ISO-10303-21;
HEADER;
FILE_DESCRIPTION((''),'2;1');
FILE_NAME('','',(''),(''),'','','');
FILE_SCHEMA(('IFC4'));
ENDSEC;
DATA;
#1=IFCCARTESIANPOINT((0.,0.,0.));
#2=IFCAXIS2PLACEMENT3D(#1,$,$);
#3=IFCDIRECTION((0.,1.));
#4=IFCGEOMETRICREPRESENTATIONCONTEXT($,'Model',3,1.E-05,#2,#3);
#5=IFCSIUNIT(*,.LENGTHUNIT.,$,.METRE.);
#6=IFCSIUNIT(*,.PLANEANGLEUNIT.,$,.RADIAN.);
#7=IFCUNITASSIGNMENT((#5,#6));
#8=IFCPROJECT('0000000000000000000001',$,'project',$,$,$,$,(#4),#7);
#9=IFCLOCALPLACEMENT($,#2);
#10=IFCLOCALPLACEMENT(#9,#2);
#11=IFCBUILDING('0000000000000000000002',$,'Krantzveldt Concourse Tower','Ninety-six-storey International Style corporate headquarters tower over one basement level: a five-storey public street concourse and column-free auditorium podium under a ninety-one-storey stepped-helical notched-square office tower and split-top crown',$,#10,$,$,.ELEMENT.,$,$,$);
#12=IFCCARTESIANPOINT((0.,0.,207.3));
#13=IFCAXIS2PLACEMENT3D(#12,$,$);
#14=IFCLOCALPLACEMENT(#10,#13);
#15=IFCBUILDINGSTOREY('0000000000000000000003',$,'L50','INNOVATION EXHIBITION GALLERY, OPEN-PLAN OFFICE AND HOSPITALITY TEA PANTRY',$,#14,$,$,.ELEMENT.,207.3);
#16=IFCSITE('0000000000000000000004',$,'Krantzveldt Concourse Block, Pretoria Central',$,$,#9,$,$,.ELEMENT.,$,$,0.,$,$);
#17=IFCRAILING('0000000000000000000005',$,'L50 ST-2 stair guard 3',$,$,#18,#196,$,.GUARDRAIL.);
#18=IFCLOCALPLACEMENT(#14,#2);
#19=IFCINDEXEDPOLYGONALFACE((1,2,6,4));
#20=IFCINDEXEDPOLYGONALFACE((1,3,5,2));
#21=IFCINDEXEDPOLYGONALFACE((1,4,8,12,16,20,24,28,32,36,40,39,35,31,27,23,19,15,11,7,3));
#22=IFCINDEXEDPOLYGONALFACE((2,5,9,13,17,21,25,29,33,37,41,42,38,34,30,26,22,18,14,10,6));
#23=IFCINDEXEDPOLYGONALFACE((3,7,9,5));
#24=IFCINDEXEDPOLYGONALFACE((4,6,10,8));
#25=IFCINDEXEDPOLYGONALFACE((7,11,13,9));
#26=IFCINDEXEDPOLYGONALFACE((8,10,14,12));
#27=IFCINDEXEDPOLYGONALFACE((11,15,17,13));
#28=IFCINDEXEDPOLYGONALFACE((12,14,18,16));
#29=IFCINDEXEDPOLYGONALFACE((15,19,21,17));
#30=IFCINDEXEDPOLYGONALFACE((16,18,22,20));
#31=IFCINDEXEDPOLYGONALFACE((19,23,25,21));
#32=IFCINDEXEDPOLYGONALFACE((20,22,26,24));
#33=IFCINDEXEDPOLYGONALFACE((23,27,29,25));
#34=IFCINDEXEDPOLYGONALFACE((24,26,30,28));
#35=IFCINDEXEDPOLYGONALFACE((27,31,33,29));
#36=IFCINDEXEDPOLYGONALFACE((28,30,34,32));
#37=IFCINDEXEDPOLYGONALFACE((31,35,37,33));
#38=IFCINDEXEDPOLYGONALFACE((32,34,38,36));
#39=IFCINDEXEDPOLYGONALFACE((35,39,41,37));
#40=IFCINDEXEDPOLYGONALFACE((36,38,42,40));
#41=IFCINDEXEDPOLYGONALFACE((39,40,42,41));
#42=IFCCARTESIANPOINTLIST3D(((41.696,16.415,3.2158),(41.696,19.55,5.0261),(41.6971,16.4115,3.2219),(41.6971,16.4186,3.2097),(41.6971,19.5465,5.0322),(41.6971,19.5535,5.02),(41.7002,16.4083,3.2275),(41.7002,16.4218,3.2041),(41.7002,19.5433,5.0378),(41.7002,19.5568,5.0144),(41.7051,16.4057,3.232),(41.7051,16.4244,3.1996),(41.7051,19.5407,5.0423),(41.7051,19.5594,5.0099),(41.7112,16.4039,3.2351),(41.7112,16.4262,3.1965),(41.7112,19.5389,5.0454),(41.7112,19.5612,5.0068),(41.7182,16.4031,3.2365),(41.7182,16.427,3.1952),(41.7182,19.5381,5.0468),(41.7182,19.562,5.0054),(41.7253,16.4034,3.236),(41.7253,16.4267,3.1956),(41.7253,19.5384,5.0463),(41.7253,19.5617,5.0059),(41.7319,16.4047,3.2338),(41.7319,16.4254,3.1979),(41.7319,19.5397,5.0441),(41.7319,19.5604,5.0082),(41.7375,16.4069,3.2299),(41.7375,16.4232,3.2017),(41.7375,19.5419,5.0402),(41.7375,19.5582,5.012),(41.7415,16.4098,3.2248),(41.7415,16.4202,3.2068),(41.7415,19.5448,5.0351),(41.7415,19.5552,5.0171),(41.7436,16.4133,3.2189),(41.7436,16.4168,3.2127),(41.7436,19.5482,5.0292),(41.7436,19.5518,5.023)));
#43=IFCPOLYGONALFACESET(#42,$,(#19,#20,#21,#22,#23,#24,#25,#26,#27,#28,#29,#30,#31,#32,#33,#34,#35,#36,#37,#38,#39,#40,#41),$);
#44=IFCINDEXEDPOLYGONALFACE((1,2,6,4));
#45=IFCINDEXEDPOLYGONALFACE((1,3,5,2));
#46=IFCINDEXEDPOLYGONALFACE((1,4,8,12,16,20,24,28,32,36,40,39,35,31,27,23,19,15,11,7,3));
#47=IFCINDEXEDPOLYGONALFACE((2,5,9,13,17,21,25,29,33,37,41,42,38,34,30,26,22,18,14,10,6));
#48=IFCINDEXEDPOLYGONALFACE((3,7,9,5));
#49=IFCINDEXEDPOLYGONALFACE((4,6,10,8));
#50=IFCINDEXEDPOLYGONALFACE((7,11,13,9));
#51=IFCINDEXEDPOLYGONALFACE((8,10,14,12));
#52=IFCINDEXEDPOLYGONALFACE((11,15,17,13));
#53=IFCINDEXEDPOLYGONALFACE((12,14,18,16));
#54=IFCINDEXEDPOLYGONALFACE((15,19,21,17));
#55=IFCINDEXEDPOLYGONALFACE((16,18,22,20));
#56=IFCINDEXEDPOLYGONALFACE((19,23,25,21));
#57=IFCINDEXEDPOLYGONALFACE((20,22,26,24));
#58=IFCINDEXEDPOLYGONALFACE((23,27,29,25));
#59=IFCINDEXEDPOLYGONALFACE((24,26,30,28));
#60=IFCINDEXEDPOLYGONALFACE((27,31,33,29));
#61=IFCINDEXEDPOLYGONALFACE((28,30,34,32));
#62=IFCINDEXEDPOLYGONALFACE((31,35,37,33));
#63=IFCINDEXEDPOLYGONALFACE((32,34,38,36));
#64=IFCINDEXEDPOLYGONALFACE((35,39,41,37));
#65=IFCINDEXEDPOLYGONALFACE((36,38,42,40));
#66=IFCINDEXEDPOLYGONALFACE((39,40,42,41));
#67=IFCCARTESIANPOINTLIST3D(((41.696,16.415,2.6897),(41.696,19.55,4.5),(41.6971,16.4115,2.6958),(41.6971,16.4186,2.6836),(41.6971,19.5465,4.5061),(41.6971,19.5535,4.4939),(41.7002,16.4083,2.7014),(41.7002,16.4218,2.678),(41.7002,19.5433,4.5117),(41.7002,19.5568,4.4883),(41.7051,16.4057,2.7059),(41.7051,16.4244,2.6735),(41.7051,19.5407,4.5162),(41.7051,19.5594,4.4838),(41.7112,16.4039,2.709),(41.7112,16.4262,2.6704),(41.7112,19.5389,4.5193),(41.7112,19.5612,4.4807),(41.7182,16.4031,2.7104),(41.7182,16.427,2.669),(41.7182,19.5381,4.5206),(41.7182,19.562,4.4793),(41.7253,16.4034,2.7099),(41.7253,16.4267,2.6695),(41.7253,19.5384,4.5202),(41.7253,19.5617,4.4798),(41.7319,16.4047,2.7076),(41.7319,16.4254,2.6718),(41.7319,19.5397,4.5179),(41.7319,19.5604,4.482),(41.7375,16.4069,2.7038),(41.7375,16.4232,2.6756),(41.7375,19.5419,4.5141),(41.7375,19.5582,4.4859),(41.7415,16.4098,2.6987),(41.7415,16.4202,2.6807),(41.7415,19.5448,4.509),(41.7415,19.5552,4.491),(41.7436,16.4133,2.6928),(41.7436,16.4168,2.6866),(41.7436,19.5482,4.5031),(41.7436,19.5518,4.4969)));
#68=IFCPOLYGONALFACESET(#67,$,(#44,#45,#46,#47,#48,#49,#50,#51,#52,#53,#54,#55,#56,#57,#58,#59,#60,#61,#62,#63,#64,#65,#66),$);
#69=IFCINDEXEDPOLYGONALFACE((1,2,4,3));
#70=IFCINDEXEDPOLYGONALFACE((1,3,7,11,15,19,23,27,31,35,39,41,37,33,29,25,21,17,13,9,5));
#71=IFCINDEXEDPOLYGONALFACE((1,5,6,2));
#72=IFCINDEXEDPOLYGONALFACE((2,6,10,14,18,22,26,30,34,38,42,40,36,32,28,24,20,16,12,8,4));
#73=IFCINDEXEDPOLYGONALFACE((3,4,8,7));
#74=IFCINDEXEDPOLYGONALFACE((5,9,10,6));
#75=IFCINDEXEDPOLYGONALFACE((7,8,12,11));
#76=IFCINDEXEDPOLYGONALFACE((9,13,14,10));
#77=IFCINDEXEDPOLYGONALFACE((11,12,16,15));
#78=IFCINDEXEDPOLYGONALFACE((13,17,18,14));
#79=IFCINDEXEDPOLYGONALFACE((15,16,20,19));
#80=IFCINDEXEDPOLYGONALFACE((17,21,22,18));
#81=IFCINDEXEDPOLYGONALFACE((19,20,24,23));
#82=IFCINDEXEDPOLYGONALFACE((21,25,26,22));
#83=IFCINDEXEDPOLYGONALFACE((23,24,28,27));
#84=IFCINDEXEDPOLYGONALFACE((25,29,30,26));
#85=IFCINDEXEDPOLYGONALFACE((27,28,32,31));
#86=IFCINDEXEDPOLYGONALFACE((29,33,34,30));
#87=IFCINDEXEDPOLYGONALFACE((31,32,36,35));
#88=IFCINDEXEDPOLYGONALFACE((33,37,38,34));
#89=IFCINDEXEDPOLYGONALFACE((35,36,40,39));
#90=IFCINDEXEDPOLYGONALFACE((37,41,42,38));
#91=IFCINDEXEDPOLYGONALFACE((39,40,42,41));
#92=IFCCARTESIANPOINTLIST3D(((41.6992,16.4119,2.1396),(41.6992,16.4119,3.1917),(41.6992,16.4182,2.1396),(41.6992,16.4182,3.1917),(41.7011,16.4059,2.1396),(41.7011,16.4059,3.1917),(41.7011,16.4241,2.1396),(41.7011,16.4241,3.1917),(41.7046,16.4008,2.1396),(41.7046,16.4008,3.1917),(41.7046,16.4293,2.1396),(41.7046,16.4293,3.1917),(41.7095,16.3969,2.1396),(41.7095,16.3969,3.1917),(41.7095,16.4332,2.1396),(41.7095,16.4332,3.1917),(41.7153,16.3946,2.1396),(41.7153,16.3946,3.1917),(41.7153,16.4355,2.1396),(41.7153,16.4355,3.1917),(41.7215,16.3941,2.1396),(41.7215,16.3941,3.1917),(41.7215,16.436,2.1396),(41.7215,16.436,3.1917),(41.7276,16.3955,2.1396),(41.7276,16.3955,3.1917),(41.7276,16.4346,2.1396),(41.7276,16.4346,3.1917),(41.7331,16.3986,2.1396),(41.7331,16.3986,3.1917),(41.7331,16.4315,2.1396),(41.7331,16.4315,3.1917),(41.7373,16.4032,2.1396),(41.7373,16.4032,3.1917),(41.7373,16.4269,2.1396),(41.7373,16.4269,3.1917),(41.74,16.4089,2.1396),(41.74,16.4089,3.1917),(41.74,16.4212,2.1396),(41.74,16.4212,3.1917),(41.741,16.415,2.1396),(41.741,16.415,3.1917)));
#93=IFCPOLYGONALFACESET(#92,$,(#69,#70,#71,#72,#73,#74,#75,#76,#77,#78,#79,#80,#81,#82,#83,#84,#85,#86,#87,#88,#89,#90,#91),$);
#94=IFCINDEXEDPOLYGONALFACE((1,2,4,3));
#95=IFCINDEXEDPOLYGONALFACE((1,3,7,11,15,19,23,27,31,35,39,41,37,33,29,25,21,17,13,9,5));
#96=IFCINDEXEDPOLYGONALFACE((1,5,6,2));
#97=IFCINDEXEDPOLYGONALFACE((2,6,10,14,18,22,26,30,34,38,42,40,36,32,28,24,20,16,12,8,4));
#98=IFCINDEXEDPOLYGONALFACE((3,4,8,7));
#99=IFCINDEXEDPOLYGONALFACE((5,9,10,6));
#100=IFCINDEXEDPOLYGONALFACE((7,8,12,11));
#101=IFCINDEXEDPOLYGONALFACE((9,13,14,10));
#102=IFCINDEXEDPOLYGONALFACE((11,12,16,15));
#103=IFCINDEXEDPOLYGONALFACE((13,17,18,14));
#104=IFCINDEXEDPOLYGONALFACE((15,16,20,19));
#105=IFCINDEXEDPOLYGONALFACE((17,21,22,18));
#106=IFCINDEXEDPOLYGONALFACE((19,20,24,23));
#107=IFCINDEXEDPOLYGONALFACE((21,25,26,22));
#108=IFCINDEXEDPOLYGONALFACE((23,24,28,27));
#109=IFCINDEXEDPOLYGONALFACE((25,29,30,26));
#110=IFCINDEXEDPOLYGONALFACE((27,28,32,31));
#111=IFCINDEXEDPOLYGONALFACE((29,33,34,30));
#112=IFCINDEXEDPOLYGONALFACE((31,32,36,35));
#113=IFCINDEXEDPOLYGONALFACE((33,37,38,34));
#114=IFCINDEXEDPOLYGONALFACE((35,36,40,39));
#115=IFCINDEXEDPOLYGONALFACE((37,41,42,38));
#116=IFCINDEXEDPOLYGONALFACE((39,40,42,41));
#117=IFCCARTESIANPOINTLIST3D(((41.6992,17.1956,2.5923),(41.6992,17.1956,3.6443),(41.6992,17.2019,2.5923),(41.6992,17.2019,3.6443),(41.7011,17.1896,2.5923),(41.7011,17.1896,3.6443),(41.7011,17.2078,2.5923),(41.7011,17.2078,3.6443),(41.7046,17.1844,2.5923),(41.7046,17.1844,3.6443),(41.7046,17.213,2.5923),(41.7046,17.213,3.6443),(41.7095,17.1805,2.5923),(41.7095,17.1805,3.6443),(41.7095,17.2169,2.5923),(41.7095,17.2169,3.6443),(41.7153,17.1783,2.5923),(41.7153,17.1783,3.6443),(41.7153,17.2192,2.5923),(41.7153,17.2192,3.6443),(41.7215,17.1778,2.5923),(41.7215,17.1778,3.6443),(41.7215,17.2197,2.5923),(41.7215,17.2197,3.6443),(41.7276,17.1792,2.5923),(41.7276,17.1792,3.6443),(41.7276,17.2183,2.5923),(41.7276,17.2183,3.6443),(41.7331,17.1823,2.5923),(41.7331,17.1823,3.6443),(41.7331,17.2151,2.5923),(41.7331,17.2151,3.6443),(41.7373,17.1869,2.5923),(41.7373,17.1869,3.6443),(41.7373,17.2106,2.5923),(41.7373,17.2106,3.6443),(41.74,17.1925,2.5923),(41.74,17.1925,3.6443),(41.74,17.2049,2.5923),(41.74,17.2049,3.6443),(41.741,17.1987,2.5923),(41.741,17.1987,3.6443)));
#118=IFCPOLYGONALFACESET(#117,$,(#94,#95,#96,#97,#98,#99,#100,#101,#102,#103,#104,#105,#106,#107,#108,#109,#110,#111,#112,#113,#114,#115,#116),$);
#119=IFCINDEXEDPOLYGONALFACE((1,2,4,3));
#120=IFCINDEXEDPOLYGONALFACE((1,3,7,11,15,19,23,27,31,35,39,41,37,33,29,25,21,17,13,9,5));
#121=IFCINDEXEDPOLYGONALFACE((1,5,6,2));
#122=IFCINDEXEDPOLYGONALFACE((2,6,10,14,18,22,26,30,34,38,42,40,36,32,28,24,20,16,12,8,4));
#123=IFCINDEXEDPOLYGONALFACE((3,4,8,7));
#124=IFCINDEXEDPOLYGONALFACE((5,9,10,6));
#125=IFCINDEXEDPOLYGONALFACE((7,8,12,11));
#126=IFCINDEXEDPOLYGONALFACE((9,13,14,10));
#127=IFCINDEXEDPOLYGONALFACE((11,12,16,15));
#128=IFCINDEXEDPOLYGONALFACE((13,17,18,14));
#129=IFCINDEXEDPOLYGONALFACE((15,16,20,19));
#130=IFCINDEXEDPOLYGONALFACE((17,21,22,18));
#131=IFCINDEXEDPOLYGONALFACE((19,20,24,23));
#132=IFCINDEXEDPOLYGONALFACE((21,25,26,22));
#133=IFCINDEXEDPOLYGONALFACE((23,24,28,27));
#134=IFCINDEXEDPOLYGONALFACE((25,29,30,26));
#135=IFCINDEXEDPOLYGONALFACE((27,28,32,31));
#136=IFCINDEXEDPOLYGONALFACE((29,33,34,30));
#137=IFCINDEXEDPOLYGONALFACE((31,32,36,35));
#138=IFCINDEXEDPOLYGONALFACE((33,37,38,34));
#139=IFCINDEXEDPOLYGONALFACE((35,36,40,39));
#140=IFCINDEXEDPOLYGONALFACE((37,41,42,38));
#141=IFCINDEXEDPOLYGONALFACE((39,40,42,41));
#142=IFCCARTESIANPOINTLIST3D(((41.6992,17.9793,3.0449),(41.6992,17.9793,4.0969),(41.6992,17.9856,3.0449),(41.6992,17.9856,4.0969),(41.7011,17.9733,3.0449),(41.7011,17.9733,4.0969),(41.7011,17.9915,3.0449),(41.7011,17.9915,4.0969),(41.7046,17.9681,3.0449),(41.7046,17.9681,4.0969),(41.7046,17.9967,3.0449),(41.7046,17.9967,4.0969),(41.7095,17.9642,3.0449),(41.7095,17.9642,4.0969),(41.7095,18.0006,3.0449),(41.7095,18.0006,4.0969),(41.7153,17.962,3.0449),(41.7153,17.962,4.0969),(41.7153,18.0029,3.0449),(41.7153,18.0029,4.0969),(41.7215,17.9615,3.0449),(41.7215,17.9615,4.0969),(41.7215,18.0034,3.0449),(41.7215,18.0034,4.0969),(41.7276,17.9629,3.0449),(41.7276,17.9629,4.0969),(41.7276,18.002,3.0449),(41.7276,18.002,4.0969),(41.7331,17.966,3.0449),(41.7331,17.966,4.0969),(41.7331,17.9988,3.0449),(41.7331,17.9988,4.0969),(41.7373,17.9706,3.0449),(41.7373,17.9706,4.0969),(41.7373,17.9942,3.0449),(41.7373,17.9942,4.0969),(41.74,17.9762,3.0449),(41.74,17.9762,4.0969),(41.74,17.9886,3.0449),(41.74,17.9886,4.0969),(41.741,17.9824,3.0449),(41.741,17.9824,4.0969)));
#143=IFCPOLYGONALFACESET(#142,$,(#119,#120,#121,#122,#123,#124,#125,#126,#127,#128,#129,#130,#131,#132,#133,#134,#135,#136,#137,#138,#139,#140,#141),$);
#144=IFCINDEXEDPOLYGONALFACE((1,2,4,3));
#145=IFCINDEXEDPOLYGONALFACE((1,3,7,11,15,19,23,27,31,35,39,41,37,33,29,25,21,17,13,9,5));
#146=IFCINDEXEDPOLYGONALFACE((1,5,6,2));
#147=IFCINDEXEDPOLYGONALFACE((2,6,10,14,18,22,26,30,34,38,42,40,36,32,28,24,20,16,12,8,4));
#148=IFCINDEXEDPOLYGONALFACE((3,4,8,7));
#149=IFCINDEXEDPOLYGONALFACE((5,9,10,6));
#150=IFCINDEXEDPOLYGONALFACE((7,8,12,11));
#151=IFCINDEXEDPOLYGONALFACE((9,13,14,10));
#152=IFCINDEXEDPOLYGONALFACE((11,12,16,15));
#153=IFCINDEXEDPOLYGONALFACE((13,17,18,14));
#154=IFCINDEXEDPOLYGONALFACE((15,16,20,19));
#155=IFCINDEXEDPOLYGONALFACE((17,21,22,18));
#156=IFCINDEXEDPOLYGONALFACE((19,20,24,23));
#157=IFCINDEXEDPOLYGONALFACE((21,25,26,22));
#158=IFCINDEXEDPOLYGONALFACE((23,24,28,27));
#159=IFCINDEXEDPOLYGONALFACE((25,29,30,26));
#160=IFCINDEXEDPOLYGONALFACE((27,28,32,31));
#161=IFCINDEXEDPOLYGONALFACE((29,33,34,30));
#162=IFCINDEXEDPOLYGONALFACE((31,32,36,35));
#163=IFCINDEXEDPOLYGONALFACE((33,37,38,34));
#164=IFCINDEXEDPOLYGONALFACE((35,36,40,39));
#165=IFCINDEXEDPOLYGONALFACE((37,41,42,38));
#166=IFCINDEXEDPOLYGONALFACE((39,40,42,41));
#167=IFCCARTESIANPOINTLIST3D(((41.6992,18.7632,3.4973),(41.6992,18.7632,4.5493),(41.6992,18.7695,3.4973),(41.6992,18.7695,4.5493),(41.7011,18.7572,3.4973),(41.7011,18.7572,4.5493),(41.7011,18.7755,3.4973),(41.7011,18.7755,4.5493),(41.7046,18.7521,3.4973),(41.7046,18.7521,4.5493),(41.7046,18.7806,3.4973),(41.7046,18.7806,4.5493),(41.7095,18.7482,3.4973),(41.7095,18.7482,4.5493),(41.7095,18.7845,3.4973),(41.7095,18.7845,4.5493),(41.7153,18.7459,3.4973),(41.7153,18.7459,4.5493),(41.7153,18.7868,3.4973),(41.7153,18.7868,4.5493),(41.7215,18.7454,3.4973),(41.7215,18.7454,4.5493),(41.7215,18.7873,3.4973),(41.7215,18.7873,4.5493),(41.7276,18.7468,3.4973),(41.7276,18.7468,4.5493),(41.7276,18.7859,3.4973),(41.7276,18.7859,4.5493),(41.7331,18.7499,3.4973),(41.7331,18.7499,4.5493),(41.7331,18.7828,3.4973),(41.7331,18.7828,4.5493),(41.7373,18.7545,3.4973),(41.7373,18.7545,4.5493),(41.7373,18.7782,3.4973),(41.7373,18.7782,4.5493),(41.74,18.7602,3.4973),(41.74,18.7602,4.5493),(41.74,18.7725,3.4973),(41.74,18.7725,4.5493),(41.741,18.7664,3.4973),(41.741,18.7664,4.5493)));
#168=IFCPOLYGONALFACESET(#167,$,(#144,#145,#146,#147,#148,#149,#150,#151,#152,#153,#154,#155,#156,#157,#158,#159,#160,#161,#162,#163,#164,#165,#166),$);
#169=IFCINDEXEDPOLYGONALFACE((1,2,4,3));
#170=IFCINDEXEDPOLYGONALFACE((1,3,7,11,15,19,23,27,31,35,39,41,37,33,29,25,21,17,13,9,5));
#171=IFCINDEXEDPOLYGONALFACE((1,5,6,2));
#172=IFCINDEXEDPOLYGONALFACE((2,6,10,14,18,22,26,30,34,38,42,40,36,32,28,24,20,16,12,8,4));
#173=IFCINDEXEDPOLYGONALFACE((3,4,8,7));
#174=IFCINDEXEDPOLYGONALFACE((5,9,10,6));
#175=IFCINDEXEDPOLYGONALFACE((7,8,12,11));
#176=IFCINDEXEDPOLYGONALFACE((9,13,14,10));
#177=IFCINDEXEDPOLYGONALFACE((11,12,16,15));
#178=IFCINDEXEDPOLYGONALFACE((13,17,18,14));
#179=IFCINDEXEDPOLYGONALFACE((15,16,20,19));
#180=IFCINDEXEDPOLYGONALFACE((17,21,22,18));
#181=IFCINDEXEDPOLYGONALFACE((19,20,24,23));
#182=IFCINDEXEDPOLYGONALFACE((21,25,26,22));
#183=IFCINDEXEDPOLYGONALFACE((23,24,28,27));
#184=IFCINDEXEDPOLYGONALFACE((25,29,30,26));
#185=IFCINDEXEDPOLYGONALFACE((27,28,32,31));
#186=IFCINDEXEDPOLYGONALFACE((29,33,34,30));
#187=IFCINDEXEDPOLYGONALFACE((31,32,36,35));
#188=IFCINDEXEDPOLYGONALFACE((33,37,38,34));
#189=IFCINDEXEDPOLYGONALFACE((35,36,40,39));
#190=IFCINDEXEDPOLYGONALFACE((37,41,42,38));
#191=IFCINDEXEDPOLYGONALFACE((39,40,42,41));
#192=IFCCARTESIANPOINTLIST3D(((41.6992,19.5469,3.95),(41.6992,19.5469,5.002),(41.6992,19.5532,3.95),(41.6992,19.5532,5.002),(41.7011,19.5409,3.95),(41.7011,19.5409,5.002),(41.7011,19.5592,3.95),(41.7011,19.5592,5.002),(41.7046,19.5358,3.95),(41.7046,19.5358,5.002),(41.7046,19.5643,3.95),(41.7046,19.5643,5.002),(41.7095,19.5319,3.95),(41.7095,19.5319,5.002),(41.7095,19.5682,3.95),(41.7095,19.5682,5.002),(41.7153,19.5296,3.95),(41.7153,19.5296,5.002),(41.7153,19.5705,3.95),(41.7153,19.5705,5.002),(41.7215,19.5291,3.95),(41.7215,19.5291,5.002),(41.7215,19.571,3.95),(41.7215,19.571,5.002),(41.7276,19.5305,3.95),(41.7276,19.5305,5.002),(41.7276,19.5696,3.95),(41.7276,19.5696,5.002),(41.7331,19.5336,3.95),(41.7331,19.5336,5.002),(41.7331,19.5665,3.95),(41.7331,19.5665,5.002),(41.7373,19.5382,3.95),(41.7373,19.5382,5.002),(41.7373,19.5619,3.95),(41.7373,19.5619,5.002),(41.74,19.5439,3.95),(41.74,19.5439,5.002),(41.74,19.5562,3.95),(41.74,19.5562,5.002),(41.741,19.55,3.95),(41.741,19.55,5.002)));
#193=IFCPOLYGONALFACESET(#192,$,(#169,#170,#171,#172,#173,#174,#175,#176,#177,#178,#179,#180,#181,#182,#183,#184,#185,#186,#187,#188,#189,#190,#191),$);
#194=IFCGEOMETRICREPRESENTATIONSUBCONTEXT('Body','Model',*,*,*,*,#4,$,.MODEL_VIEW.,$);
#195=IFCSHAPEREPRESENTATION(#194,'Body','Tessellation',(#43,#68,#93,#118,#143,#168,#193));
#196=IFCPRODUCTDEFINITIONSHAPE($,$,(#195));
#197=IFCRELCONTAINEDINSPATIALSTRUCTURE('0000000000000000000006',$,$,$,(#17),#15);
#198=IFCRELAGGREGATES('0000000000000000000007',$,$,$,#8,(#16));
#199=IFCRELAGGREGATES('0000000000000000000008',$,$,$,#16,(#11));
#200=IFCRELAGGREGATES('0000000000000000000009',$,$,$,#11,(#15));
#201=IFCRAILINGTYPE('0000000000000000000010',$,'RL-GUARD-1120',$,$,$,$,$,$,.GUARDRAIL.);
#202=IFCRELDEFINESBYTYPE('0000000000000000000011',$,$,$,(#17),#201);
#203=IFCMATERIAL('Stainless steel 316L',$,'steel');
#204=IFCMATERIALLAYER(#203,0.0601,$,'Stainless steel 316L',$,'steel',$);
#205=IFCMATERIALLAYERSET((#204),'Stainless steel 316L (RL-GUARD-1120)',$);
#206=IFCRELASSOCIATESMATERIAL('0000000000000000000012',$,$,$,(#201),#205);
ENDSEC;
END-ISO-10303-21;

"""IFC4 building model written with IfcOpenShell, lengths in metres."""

from ifc_helpers import new_model, si_unit, direction, frame, origin, origin_2d, place, context, subcontext, project, spatial, circle, extrude, material, layer, layer_set, type_object, element, save


model = new_model("IFC4")

# Units and contexts
model_context = context("Model", 3, precision=1e-05, world=origin(), true_north=direction((0.0, 1.0)))
body_context = subcontext(model_context, "Body", "Model", "MODEL_VIEW")
ifc_project = project(units=[si_unit("LENGTHUNIT", "METRE"), si_unit("PLANEANGLEUNIT", "RADIAN")], contexts=[model_context])

# Site, building, storey
site_placement = place(None, origin())
site = spatial("IfcSite", under=ifc_project, at=site_placement, Name="Krantzveldt Concourse Block, Pretoria Central", CompositionType="ELEMENT", RefElevation=0.0)
building_placement = place(site_placement, origin())
building = spatial("IfcBuilding", under=site, at=building_placement, Name="Krantzveldt Concourse Tower", Description="Ninety-six-storey International Style corporate headquarters tower over one basement level: a five-storey public street concourse and column-free auditorium podium under a ninety-one-storey stepped-helical notched-square office tower and split-top crown", CompositionType="ELEMENT")
storey_placement = place(building_placement, frame((0.0, 0.0, 207.3)))
storey = spatial("IfcBuildingStorey", under=building, at=storey_placement, Name="L50", Description="INNOVATION EXHIBITION GALLERY, OPEN-PLAN OFFICE AND HOSPITALITY TEA PANTRY", CompositionType="ELEMENT", Elevation=207.3)

# Shared definitions
ifc_material_1 = material(Name="Stainless steel 316L", Category="steel")

# Railing
ifc_layer_1 = layer(ifc_material_1, 0.0601, Name="Stainless steel 316L", Category="steel")
ifc_layer_set_1 = layer_set([ifc_layer_1], Name="Stainless steel 316L (RL-GUARD-1120)")
railing_type_1 = type_object("IfcRailingType", Name="RL-GUARD-1120", PredefinedType="GUARDRAIL", material=ifc_layer_set_1)
railing_1_placement = place(storey_placement, frame((41.72, 16.415, 2.1396)))
element("IfcRailing", 1, at=railing_1_placement, inside=storey, type_object=railing_type_1, Name="L50 ST-2 stair guard 3", PredefinedType="GUARDRAIL", context=body_context, shape_type="SweptSolid", body=[
    extrude(circle(Radius=0.0239, at=origin_2d()), frame((0.0, 0.0, 1.0762), z_axis=(0.0, 0.865989, 0.500063), x_axis=(-1.0, 0.0, 0.0)), (0.0, 0.0, 1.0), 3.6201),
    extrude(circle(Radius=0.0239, at=origin_2d()), frame((0.0, 0.0, 0.55), z_axis=(0.0, 0.865989, 0.500063), x_axis=(-1.0, 0.0, 0.0)), (0.0, 0.0, 1.0), 3.6201),
    extrude(circle(Radius=0.021, at=origin_2d()), origin(), (0.0, 0.0, 1.0), 1.052),
    extrude(circle(Radius=0.021, at=origin_2d()), frame((0.0, 0.7837, 0.4526)), (0.0, 0.0, 1.0), 1.052),
    extrude(circle(Radius=0.021, at=origin_2d()), frame((0.0, 1.5674, 0.9053)), (0.0, 0.0, 1.0), 1.052),
    extrude(circle(Radius=0.021, at=origin_2d()), frame((0.0, 2.3513, 1.3577)), (0.0, 0.0, 1.0), 1.052),
    extrude(circle(Radius=0.021, at=origin_2d()), frame((0.0, 3.135, 1.8103)), (0.0, 0.0, 1.0), 1.052),
])

save(model, "model.ifc")
